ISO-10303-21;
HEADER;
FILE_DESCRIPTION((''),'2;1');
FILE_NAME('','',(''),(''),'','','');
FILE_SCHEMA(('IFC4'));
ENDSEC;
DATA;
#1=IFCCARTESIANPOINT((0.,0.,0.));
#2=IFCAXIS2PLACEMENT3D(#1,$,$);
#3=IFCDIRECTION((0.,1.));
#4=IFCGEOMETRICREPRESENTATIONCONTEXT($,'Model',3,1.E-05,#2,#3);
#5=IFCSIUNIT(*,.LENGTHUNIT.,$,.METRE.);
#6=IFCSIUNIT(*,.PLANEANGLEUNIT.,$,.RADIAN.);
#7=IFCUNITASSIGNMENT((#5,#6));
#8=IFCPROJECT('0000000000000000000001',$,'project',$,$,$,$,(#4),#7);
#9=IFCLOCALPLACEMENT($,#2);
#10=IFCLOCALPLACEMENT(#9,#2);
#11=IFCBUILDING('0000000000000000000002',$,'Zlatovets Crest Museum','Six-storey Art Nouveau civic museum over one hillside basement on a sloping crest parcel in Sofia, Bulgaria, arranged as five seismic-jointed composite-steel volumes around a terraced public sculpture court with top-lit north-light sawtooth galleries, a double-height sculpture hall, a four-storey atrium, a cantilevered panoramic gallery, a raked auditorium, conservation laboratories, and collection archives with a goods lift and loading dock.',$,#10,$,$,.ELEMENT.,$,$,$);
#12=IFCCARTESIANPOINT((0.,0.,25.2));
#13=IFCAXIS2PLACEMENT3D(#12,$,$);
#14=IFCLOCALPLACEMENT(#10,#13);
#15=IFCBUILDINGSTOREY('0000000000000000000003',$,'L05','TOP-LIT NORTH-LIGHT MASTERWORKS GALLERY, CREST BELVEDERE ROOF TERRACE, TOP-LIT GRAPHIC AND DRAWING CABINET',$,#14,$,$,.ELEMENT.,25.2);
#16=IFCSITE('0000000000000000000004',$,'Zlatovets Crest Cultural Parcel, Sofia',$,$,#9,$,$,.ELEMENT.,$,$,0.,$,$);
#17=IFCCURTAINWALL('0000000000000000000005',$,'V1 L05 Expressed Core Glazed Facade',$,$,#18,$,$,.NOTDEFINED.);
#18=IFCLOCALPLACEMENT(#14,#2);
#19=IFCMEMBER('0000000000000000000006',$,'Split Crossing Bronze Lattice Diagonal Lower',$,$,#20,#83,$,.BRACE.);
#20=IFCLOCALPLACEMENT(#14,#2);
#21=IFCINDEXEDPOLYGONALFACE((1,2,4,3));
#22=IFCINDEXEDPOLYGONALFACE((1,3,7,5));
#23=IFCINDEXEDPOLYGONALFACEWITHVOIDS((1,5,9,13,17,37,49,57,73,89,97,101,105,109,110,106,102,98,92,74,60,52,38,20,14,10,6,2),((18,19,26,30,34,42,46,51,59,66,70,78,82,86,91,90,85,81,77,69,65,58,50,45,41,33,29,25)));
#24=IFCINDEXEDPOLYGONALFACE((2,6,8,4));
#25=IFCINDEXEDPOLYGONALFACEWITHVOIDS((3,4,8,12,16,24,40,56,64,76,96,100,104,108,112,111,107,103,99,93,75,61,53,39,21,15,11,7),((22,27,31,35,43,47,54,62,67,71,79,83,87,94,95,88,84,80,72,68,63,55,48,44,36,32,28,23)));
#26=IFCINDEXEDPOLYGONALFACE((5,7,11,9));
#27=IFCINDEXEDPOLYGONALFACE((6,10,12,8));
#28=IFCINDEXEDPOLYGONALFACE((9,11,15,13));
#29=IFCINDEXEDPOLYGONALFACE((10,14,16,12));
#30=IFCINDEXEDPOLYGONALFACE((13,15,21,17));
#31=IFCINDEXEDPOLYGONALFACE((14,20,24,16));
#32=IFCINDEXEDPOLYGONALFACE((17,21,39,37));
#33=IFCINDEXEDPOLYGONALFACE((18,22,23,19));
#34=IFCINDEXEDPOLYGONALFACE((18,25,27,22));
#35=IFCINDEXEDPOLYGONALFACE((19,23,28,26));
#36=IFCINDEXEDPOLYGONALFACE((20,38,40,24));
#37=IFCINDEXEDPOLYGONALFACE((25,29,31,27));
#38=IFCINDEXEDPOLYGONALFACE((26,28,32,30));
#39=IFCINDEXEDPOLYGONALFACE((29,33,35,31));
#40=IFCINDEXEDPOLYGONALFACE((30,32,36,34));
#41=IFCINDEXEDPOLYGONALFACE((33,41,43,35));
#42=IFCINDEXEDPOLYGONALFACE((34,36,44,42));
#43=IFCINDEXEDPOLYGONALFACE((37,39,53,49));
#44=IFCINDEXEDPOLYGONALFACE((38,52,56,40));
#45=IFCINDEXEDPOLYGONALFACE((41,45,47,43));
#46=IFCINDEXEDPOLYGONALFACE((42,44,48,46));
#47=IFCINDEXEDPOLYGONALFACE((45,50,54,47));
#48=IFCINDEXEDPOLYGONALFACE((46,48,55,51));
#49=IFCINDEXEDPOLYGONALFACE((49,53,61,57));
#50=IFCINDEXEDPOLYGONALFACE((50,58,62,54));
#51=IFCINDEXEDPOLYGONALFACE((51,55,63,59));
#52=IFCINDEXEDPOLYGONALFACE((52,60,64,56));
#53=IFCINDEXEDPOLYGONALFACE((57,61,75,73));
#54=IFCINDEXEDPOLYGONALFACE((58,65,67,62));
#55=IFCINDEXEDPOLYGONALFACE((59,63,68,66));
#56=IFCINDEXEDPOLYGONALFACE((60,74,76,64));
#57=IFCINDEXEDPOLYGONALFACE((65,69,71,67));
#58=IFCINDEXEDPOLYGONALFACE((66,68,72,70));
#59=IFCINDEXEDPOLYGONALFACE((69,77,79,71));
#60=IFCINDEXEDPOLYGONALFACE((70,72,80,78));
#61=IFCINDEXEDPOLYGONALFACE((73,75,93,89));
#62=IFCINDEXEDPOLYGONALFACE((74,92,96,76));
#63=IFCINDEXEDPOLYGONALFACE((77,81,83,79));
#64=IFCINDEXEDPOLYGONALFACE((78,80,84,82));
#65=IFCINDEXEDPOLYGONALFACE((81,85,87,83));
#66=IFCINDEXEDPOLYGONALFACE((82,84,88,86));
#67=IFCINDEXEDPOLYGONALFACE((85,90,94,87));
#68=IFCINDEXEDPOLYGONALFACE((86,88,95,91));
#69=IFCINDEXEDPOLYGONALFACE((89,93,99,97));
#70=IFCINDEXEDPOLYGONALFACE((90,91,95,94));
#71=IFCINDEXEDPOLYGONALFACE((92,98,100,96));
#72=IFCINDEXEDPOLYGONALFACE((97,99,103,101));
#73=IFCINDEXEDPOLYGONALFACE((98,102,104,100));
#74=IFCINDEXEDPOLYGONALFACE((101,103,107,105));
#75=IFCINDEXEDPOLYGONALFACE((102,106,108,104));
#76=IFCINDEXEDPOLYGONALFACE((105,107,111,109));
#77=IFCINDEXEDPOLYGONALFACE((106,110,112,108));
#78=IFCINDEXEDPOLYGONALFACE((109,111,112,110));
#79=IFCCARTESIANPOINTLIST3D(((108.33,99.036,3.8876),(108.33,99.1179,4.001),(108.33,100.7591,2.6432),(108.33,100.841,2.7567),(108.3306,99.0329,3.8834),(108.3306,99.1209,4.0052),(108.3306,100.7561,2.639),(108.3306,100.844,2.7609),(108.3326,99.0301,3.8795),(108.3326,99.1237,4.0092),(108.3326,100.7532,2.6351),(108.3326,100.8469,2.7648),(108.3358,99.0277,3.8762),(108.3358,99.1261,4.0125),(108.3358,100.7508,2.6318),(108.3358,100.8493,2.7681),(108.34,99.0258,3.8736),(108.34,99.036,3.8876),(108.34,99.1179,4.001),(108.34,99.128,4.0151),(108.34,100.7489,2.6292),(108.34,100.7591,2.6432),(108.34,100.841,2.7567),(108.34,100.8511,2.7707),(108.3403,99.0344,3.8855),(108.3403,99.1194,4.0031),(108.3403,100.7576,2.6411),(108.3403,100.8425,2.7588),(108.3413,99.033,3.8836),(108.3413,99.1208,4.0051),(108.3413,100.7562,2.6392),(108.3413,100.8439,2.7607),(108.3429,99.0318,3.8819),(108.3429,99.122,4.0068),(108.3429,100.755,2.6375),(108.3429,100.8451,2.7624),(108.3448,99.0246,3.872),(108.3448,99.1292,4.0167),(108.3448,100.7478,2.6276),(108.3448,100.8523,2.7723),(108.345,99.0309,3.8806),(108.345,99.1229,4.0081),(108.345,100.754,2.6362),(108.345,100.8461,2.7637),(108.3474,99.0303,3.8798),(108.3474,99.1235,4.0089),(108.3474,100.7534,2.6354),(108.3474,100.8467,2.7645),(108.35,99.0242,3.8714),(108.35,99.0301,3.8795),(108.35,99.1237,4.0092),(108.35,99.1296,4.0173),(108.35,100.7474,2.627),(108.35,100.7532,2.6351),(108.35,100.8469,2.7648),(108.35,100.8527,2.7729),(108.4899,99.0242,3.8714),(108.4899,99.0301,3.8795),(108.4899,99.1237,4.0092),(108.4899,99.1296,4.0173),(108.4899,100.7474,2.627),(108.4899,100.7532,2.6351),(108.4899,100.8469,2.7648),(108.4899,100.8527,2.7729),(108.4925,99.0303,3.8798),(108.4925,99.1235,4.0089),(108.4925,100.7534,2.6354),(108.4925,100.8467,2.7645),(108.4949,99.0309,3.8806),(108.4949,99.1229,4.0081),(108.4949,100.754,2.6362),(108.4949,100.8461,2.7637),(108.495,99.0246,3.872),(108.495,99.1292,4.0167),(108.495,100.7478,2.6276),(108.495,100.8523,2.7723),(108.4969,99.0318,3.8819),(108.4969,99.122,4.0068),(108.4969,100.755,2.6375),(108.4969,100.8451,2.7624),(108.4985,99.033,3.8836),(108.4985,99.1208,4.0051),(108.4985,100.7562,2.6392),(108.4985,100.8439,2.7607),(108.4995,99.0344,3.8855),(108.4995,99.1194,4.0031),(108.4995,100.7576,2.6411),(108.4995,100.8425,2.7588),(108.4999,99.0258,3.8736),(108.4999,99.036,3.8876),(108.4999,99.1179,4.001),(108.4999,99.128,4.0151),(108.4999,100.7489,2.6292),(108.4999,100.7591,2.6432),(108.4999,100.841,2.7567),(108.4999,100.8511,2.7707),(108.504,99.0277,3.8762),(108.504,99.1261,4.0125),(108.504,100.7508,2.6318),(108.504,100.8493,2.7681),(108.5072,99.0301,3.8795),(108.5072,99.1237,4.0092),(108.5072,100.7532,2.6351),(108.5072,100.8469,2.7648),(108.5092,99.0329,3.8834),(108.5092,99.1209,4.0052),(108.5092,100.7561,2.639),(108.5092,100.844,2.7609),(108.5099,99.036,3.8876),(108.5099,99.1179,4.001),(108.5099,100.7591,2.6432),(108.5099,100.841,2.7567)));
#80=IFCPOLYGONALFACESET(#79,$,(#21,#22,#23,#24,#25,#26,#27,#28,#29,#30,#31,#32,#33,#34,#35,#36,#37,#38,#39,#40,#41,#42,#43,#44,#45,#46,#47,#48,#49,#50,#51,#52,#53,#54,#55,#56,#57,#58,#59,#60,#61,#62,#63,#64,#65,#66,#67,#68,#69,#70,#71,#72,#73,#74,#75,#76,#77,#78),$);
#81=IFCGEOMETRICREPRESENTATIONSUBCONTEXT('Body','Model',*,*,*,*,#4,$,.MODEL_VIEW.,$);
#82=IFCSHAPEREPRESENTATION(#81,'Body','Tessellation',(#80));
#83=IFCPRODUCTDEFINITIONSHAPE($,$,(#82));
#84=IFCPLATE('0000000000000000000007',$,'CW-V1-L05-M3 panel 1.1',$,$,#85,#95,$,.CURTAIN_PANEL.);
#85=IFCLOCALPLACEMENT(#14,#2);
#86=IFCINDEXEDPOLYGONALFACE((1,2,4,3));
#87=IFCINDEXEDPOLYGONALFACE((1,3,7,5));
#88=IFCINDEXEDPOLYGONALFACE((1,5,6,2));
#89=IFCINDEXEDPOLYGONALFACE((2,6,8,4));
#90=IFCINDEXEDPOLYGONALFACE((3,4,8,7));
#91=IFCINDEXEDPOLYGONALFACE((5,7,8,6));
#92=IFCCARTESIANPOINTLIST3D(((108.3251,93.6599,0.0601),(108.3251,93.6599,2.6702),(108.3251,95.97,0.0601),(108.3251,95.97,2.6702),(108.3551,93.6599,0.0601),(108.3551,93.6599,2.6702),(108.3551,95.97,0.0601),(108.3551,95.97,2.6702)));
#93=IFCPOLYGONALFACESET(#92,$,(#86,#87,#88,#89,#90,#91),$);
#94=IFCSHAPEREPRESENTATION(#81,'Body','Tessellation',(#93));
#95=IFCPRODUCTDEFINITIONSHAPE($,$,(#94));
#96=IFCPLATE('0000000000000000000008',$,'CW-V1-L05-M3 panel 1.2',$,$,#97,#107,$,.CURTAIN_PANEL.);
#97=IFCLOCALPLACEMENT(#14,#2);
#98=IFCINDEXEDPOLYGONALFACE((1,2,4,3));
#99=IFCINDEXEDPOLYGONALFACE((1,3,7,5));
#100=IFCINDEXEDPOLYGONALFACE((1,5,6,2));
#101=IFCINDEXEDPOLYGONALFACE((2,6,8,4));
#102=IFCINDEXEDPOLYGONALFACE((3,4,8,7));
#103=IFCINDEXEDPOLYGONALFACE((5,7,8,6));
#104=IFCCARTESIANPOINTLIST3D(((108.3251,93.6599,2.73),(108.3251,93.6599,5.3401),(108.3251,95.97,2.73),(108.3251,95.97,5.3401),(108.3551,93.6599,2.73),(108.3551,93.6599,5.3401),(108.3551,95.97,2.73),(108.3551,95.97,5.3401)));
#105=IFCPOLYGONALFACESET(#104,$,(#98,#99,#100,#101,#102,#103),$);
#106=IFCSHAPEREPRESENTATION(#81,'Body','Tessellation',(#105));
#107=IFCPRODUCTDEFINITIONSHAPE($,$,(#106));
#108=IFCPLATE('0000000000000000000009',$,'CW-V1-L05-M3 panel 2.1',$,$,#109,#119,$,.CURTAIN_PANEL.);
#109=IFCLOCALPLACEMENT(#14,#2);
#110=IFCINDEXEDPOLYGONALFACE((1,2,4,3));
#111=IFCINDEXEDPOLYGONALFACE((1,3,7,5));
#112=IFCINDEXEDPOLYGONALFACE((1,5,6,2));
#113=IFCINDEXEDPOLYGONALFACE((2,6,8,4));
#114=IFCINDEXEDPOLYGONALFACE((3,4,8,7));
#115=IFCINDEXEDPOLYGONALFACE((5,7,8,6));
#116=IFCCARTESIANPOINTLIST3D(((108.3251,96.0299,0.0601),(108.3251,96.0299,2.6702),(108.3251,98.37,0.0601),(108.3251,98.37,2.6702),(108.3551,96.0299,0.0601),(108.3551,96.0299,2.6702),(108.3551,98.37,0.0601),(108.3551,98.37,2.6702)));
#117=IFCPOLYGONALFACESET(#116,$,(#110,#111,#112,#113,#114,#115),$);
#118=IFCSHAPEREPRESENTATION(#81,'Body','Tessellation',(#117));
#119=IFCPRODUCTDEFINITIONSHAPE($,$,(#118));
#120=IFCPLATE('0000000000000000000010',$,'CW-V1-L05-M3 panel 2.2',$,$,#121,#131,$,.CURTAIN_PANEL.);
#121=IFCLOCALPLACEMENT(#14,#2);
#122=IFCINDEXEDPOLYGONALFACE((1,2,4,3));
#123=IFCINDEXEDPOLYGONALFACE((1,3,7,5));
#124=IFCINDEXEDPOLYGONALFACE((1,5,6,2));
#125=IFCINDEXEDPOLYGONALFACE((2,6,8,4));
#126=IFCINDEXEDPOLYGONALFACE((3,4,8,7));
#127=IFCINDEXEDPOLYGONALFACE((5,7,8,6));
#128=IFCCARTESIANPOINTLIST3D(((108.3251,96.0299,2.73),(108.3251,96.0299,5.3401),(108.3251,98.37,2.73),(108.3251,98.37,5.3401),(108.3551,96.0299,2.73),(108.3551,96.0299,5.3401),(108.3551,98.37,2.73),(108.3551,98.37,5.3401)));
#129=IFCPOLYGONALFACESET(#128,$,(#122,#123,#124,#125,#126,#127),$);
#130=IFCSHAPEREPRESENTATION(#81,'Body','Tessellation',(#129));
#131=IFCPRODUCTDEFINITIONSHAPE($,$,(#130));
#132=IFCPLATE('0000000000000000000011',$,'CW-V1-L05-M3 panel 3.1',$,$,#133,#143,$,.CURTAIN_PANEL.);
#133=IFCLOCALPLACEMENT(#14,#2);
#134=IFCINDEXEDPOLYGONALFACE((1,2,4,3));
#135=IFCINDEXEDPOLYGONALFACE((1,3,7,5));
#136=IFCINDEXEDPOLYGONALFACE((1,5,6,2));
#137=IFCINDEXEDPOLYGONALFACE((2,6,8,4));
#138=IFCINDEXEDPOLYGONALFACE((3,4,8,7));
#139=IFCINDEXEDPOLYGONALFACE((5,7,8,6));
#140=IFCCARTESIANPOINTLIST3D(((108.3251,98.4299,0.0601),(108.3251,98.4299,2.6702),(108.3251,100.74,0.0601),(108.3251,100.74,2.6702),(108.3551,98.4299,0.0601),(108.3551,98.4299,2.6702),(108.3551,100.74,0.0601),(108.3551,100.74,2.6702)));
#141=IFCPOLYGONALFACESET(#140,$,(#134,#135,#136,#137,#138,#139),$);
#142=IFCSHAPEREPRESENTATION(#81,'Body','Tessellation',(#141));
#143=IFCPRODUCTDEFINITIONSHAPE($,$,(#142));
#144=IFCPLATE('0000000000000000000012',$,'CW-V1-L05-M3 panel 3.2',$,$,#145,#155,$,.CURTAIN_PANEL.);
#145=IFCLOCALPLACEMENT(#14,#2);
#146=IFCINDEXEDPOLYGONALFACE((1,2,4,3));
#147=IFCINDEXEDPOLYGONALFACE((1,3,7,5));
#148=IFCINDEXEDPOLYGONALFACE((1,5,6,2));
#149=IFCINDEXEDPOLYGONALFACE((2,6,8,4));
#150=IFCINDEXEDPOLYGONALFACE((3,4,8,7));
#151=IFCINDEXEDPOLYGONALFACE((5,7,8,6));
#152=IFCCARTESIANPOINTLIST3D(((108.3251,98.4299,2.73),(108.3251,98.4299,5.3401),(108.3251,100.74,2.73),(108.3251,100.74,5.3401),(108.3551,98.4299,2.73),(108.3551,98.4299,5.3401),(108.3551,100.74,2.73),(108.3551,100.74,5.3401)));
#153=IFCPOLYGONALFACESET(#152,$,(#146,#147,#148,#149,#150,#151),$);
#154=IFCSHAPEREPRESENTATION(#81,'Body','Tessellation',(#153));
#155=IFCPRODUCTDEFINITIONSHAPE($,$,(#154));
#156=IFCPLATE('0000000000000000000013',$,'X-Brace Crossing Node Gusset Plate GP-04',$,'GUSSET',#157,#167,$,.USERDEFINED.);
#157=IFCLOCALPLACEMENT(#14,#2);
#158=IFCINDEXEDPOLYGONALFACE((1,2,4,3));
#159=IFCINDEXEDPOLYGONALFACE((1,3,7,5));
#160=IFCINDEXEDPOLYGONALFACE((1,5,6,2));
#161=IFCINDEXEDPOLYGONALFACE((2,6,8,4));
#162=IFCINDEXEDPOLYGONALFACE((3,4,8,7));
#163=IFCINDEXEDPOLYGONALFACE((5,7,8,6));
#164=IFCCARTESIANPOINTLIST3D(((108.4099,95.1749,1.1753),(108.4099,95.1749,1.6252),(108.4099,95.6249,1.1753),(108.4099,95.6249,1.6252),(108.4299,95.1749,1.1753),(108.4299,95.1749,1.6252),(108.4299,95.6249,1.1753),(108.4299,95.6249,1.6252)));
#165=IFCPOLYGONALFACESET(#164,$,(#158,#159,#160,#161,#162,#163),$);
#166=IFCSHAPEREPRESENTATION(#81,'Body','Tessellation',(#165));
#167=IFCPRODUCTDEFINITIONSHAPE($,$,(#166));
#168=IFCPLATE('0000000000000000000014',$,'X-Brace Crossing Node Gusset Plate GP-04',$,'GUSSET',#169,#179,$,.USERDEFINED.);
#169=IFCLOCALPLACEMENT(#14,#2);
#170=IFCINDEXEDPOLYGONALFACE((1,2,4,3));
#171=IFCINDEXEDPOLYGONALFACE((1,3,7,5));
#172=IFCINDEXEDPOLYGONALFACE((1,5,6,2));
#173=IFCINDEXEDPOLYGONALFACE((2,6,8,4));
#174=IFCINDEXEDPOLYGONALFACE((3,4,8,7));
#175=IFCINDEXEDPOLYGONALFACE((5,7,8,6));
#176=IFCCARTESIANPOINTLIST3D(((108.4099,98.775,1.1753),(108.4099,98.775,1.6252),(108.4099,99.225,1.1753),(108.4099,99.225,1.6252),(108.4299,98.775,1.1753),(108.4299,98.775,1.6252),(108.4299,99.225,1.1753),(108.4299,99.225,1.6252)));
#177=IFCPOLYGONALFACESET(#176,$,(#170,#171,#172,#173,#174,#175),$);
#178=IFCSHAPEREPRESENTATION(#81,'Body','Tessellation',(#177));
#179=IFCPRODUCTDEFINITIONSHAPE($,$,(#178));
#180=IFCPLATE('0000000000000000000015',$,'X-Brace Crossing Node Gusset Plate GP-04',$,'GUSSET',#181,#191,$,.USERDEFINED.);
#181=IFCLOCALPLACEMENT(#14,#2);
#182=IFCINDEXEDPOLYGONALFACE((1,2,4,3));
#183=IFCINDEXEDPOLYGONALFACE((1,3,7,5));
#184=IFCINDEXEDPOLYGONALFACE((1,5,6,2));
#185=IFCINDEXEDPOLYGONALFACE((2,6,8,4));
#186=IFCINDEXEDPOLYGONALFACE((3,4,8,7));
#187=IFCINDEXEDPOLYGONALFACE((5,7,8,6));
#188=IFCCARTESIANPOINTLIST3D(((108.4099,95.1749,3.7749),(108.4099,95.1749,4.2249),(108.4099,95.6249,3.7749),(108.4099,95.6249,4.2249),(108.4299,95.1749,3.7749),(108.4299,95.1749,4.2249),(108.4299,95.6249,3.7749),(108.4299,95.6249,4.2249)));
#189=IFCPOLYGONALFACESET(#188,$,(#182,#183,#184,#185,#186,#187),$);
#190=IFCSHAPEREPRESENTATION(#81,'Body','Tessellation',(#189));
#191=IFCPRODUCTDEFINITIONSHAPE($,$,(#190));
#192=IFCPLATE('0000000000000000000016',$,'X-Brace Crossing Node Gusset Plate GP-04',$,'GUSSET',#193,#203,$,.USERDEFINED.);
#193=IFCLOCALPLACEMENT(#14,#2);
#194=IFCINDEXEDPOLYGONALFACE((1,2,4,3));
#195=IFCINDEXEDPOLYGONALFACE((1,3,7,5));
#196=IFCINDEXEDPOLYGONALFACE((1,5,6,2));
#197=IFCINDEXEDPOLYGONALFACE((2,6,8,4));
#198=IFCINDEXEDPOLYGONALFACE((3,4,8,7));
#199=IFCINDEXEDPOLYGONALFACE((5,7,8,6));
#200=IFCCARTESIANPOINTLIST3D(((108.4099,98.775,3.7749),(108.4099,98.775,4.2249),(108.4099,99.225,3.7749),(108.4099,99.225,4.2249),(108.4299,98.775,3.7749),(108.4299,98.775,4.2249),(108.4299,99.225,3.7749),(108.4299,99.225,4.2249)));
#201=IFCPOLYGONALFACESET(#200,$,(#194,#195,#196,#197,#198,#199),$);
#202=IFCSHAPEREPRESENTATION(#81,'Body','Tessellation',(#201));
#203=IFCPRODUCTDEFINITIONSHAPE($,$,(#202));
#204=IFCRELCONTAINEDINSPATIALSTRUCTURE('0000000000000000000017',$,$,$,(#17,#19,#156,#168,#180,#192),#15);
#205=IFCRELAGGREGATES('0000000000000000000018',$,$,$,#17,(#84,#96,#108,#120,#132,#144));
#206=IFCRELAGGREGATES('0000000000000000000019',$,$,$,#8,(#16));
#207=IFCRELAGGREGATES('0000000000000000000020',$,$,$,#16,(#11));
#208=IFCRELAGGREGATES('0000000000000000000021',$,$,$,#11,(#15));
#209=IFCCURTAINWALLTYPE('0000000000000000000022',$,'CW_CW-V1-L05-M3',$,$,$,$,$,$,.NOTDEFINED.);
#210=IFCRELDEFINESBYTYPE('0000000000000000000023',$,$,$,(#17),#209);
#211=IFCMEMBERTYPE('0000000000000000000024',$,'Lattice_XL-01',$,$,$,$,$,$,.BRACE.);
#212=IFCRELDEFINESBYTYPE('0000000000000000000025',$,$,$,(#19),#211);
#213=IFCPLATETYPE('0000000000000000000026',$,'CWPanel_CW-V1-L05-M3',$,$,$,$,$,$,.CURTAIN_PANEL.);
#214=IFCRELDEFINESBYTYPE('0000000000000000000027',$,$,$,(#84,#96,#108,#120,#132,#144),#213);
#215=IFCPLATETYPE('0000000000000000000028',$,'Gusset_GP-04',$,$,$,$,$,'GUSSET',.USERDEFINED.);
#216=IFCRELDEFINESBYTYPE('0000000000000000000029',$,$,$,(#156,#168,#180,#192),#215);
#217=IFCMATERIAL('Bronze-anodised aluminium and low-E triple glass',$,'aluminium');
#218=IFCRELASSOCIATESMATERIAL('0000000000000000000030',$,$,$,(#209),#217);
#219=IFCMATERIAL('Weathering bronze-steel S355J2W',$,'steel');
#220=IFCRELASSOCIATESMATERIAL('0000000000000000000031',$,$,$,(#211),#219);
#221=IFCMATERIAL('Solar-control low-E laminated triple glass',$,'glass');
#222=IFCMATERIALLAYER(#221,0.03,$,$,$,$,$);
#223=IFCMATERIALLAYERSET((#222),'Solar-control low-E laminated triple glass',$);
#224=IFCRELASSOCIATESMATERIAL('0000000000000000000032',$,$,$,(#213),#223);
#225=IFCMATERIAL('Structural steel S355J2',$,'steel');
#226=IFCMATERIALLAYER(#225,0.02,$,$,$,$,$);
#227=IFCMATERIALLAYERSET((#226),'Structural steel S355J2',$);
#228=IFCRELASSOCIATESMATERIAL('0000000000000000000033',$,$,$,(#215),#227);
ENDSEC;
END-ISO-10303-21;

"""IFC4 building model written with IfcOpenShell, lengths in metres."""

from ifc_helpers import new_model, si_unit, direction, frame, origin, origin_2d, place, context, subcontext, project, spatial, rectangle, hollow_rectangle, extrude, material, layer, layer_set, material_profile, profile_set, type_object, element, aggregate, save


model = new_model("IFC4")

# Units and contexts
model_context = context("Model", 3, precision=1e-05, world=origin(), true_north=direction((0.0, 1.0)))
body_context = subcontext(model_context, "Body", "Model", "MODEL_VIEW")
ifc_project = project(units=[si_unit("LENGTHUNIT", "METRE"), si_unit("PLANEANGLEUNIT", "RADIAN")], contexts=[model_context])

# Site, building, storey
site_placement = place(None, origin())
site = spatial("IfcSite", under=ifc_project, at=site_placement, Name="Zlatovets Crest Cultural Parcel, Sofia", CompositionType="ELEMENT", RefElevation=0.0)
building_placement = place(site_placement, origin())
building = spatial("IfcBuilding", under=site, at=building_placement, Name="Zlatovets Crest Museum", Description="Six-storey Art Nouveau civic museum over one hillside basement on a sloping crest parcel in Sofia, Bulgaria, arranged as five seismic-jointed composite-steel volumes around a terraced public sculpture court with top-lit north-light sawtooth galleries, a double-height sculpture hall, a four-storey atrium, a cantilevered panoramic gallery, a raked auditorium, conservation laboratories, and collection archives with a goods lift and loading dock.", CompositionType="ELEMENT")
storey_placement = place(building_placement, frame((0.0, 0.0, 25.2)))
storey = spatial("IfcBuildingStorey", under=building, at=storey_placement, Name="L05", Description="TOP-LIT NORTH-LIGHT MASTERWORKS GALLERY, CREST BELVEDERE ROOF TERRACE, TOP-LIT GRAPHIC AND DRAWING CABINET", CompositionType="ELEMENT", Elevation=25.2)

# Curtain wall
ifc_material_1 = material(Name="Bronze-anodised aluminium and low-E triple glass", Category="aluminium")
curtain_wall_type = type_object("IfcCurtainWallType", Name="CW_CW-V1-L05-M3", PredefinedType="NOTDEFINED", material=ifc_material_1)
curtain_wall_placement = place(storey_placement, origin())
curtain_wall = element("IfcCurtainWall", 1, at=curtain_wall_placement, inside=storey, type_object=curtain_wall_type, Name="V1 L05 Expressed Core Glazed Facade", PredefinedType="NOTDEFINED")

# Member
ifc_material_2 = material(Name="Weathering bronze-steel S355J2W", Category="steel")
ifc_material_profile_1 = material_profile(ifc_material_2, hollow_rectangle(XDim=0.1799, YDim=0.1799, WallThickness=0.01, InnerFilletRadius=0.01, OuterFilletRadius=0.02, at=origin_2d()), Name="SHS 180x180x10.0")
ifc_profile_set_1 = profile_set([ifc_material_profile_1], Name="Weathering bronze-steel S355J2W")
member_type_1 = type_object("IfcMemberType", Name="Lattice_XL-01", PredefinedType="BRACE", material=ifc_profile_set_1)
for number, where, z_axis, x_axis, name in (
    (2, (108.4199, 99.0769, 3.9443), (0.0, 0.810703, -0.585457), (-1.0, 0.0, 0.0), "Split Crossing Bronze Lattice Diagonal Lower"),
):
    element("IfcMember", number, at=place(storey_placement, frame(where, z_axis=z_axis, x_axis=x_axis)), inside=storey, type_object=member_type_1, Name=name, PredefinedType="BRACE", context=body_context, shape_type="SweptSolid", body=[
        extrude(hollow_rectangle(XDim=0.1799, YDim=0.1799, WallThickness=0.01, InnerFilletRadius=0.01, OuterFilletRadius=0.02, at=origin_2d()), origin(), (0.0, 0.0, 1.0), 2.1255),
    ])

# Plates
ifc_material_3 = material(Name="Solar-control low-E laminated triple glass", Category="glass")
ifc_layer_1 = layer(ifc_material_3, 0.03)
ifc_layer_set_1 = layer_set([ifc_layer_1], Name="Solar-control low-E laminated triple glass")
plate_type_1 = type_object("IfcPlateType", Name="CWPanel_CW-V1-L05-M3", PredefinedType="CURTAIN_PANEL", material=ifc_layer_set_1)
plate_1_placement = place(storey_placement, frame((108.3401, 94.8149, 0.0601), z_axis=(0.0, 0.0, 1.0), x_axis=(0.0, 1.0, 0.0)))
plate_1 = element("IfcPlate", 3, at=plate_1_placement, type_object=plate_type_1, Name="CW-V1-L05-M3 panel 1.1", PredefinedType="CURTAIN_PANEL", context=body_context, shape_type="SweptSolid", body=[
    extrude(rectangle(XDim=2.3101, YDim=0.03, at=origin_2d()), origin(), (0.0, 0.0, 1.0), 2.6101),
])
plate_2_placement = place(storey_placement, frame((108.3401, 94.8149, 2.73), z_axis=(0.0, 0.0, 1.0), x_axis=(0.0, 1.0, 0.0)))
plate_2 = element("IfcPlate", 4, at=plate_2_placement, type_object=plate_type_1, Name="CW-V1-L05-M3 panel 1.2", PredefinedType="CURTAIN_PANEL", context=body_context, shape_type="SweptSolid", body=[
    extrude(rectangle(XDim=2.3101, YDim=0.03, at=origin_2d()), origin(), (0.0, 0.0, 1.0), 2.6101),
])
plate_3_placement = place(storey_placement, frame((108.3401, 97.2, 0.0601), z_axis=(0.0, 0.0, 1.0), x_axis=(0.0, 1.0, 0.0)))
plate_3 = element("IfcPlate", 5, at=plate_3_placement, type_object=plate_type_1, Name="CW-V1-L05-M3 panel 2.1", PredefinedType="CURTAIN_PANEL", context=body_context, shape_type="SweptSolid", body=[
    extrude(rectangle(XDim=2.3401, YDim=0.03, at=origin_2d()), origin(), (0.0, 0.0, 1.0), 2.6101),
])
plate_4_placement = place(storey_placement, frame((108.3401, 97.2, 2.73), z_axis=(0.0, 0.0, 1.0), x_axis=(0.0, 1.0, 0.0)))
plate_4 = element("IfcPlate", 6, at=plate_4_placement, type_object=plate_type_1, Name="CW-V1-L05-M3 panel 2.2", PredefinedType="CURTAIN_PANEL", context=body_context, shape_type="SweptSolid", body=[
    extrude(rectangle(XDim=2.3401, YDim=0.03, at=origin_2d()), origin(), (0.0, 0.0, 1.0), 2.6101),
])
plate_5_placement = place(storey_placement, frame((108.3401, 99.585, 0.0601), z_axis=(0.0, 0.0, 1.0), x_axis=(0.0, 1.0, 0.0)))
plate_5 = element("IfcPlate", 7, at=plate_5_placement, type_object=plate_type_1, Name="CW-V1-L05-M3 panel 3.1", PredefinedType="CURTAIN_PANEL", context=body_context, shape_type="SweptSolid", body=[
    extrude(rectangle(XDim=2.3101, YDim=0.03, at=origin_2d()), origin(), (0.0, 0.0, 1.0), 2.6101),
])
plate_6_placement = place(storey_placement, frame((108.3401, 99.585, 2.73), z_axis=(0.0, 0.0, 1.0), x_axis=(0.0, 1.0, 0.0)))
plate_6 = element("IfcPlate", 8, at=plate_6_placement, type_object=plate_type_1, Name="CW-V1-L05-M3 panel 3.2", PredefinedType="CURTAIN_PANEL", context=body_context, shape_type="SweptSolid", body=[
    extrude(rectangle(XDim=2.3101, YDim=0.03, at=origin_2d()), origin(), (0.0, 0.0, 1.0), 2.6101),
])
aggregate(curtain_wall, [plate_1, plate_2, plate_3, plate_4, plate_5, plate_6])

# Plates
ifc_material_4 = material(Name="Structural steel S355J2", Category="steel")
ifc_layer_2 = layer(ifc_material_4, 0.02)
ifc_layer_set_2 = layer_set([ifc_layer_2], Name="Structural steel S355J2")
plate_type_2 = type_object("IfcPlateType", Name="Gusset_GP-04", ElementType="GUSSET", PredefinedType="USERDEFINED", material=ifc_layer_set_2)
for number, where, z_axis, x_axis, name in (
    (9, (108.4199, 95.3999, 1.1753), (0.0, 0.0, 1.0), (1.0, 0.0, 0.0), "X-Brace Crossing Node Gusset Plate GP-04"),
    (10, (108.4199, 99.0, 1.1753), (0.0, 0.0, 1.0), (1.0, 0.0, 0.0), "X-Brace Crossing Node Gusset Plate GP-04"),
    (11, (108.4199, 95.3999, 3.7749), (0.0, 0.0, 1.0), (1.0, 0.0, 0.0), "X-Brace Crossing Node Gusset Plate GP-04"),
    (12, (108.4199, 99.0, 3.7749), (0.0, 0.0, 1.0), (1.0, 0.0, 0.0), "X-Brace Crossing Node Gusset Plate GP-04"),
):
    element("IfcPlate", number, at=place(storey_placement, frame(where, z_axis=z_axis, x_axis=x_axis)), inside=storey, type_object=plate_type_2, Name=name, ObjectType="GUSSET", PredefinedType="USERDEFINED", context=body_context, shape_type="SweptSolid", body=[
        extrude(rectangle(XDim=0.02, YDim=0.45, at=origin_2d()), origin(), (0.0, 0.0, 1.0), 0.45),
    ])

save(model, "model.ifc")
